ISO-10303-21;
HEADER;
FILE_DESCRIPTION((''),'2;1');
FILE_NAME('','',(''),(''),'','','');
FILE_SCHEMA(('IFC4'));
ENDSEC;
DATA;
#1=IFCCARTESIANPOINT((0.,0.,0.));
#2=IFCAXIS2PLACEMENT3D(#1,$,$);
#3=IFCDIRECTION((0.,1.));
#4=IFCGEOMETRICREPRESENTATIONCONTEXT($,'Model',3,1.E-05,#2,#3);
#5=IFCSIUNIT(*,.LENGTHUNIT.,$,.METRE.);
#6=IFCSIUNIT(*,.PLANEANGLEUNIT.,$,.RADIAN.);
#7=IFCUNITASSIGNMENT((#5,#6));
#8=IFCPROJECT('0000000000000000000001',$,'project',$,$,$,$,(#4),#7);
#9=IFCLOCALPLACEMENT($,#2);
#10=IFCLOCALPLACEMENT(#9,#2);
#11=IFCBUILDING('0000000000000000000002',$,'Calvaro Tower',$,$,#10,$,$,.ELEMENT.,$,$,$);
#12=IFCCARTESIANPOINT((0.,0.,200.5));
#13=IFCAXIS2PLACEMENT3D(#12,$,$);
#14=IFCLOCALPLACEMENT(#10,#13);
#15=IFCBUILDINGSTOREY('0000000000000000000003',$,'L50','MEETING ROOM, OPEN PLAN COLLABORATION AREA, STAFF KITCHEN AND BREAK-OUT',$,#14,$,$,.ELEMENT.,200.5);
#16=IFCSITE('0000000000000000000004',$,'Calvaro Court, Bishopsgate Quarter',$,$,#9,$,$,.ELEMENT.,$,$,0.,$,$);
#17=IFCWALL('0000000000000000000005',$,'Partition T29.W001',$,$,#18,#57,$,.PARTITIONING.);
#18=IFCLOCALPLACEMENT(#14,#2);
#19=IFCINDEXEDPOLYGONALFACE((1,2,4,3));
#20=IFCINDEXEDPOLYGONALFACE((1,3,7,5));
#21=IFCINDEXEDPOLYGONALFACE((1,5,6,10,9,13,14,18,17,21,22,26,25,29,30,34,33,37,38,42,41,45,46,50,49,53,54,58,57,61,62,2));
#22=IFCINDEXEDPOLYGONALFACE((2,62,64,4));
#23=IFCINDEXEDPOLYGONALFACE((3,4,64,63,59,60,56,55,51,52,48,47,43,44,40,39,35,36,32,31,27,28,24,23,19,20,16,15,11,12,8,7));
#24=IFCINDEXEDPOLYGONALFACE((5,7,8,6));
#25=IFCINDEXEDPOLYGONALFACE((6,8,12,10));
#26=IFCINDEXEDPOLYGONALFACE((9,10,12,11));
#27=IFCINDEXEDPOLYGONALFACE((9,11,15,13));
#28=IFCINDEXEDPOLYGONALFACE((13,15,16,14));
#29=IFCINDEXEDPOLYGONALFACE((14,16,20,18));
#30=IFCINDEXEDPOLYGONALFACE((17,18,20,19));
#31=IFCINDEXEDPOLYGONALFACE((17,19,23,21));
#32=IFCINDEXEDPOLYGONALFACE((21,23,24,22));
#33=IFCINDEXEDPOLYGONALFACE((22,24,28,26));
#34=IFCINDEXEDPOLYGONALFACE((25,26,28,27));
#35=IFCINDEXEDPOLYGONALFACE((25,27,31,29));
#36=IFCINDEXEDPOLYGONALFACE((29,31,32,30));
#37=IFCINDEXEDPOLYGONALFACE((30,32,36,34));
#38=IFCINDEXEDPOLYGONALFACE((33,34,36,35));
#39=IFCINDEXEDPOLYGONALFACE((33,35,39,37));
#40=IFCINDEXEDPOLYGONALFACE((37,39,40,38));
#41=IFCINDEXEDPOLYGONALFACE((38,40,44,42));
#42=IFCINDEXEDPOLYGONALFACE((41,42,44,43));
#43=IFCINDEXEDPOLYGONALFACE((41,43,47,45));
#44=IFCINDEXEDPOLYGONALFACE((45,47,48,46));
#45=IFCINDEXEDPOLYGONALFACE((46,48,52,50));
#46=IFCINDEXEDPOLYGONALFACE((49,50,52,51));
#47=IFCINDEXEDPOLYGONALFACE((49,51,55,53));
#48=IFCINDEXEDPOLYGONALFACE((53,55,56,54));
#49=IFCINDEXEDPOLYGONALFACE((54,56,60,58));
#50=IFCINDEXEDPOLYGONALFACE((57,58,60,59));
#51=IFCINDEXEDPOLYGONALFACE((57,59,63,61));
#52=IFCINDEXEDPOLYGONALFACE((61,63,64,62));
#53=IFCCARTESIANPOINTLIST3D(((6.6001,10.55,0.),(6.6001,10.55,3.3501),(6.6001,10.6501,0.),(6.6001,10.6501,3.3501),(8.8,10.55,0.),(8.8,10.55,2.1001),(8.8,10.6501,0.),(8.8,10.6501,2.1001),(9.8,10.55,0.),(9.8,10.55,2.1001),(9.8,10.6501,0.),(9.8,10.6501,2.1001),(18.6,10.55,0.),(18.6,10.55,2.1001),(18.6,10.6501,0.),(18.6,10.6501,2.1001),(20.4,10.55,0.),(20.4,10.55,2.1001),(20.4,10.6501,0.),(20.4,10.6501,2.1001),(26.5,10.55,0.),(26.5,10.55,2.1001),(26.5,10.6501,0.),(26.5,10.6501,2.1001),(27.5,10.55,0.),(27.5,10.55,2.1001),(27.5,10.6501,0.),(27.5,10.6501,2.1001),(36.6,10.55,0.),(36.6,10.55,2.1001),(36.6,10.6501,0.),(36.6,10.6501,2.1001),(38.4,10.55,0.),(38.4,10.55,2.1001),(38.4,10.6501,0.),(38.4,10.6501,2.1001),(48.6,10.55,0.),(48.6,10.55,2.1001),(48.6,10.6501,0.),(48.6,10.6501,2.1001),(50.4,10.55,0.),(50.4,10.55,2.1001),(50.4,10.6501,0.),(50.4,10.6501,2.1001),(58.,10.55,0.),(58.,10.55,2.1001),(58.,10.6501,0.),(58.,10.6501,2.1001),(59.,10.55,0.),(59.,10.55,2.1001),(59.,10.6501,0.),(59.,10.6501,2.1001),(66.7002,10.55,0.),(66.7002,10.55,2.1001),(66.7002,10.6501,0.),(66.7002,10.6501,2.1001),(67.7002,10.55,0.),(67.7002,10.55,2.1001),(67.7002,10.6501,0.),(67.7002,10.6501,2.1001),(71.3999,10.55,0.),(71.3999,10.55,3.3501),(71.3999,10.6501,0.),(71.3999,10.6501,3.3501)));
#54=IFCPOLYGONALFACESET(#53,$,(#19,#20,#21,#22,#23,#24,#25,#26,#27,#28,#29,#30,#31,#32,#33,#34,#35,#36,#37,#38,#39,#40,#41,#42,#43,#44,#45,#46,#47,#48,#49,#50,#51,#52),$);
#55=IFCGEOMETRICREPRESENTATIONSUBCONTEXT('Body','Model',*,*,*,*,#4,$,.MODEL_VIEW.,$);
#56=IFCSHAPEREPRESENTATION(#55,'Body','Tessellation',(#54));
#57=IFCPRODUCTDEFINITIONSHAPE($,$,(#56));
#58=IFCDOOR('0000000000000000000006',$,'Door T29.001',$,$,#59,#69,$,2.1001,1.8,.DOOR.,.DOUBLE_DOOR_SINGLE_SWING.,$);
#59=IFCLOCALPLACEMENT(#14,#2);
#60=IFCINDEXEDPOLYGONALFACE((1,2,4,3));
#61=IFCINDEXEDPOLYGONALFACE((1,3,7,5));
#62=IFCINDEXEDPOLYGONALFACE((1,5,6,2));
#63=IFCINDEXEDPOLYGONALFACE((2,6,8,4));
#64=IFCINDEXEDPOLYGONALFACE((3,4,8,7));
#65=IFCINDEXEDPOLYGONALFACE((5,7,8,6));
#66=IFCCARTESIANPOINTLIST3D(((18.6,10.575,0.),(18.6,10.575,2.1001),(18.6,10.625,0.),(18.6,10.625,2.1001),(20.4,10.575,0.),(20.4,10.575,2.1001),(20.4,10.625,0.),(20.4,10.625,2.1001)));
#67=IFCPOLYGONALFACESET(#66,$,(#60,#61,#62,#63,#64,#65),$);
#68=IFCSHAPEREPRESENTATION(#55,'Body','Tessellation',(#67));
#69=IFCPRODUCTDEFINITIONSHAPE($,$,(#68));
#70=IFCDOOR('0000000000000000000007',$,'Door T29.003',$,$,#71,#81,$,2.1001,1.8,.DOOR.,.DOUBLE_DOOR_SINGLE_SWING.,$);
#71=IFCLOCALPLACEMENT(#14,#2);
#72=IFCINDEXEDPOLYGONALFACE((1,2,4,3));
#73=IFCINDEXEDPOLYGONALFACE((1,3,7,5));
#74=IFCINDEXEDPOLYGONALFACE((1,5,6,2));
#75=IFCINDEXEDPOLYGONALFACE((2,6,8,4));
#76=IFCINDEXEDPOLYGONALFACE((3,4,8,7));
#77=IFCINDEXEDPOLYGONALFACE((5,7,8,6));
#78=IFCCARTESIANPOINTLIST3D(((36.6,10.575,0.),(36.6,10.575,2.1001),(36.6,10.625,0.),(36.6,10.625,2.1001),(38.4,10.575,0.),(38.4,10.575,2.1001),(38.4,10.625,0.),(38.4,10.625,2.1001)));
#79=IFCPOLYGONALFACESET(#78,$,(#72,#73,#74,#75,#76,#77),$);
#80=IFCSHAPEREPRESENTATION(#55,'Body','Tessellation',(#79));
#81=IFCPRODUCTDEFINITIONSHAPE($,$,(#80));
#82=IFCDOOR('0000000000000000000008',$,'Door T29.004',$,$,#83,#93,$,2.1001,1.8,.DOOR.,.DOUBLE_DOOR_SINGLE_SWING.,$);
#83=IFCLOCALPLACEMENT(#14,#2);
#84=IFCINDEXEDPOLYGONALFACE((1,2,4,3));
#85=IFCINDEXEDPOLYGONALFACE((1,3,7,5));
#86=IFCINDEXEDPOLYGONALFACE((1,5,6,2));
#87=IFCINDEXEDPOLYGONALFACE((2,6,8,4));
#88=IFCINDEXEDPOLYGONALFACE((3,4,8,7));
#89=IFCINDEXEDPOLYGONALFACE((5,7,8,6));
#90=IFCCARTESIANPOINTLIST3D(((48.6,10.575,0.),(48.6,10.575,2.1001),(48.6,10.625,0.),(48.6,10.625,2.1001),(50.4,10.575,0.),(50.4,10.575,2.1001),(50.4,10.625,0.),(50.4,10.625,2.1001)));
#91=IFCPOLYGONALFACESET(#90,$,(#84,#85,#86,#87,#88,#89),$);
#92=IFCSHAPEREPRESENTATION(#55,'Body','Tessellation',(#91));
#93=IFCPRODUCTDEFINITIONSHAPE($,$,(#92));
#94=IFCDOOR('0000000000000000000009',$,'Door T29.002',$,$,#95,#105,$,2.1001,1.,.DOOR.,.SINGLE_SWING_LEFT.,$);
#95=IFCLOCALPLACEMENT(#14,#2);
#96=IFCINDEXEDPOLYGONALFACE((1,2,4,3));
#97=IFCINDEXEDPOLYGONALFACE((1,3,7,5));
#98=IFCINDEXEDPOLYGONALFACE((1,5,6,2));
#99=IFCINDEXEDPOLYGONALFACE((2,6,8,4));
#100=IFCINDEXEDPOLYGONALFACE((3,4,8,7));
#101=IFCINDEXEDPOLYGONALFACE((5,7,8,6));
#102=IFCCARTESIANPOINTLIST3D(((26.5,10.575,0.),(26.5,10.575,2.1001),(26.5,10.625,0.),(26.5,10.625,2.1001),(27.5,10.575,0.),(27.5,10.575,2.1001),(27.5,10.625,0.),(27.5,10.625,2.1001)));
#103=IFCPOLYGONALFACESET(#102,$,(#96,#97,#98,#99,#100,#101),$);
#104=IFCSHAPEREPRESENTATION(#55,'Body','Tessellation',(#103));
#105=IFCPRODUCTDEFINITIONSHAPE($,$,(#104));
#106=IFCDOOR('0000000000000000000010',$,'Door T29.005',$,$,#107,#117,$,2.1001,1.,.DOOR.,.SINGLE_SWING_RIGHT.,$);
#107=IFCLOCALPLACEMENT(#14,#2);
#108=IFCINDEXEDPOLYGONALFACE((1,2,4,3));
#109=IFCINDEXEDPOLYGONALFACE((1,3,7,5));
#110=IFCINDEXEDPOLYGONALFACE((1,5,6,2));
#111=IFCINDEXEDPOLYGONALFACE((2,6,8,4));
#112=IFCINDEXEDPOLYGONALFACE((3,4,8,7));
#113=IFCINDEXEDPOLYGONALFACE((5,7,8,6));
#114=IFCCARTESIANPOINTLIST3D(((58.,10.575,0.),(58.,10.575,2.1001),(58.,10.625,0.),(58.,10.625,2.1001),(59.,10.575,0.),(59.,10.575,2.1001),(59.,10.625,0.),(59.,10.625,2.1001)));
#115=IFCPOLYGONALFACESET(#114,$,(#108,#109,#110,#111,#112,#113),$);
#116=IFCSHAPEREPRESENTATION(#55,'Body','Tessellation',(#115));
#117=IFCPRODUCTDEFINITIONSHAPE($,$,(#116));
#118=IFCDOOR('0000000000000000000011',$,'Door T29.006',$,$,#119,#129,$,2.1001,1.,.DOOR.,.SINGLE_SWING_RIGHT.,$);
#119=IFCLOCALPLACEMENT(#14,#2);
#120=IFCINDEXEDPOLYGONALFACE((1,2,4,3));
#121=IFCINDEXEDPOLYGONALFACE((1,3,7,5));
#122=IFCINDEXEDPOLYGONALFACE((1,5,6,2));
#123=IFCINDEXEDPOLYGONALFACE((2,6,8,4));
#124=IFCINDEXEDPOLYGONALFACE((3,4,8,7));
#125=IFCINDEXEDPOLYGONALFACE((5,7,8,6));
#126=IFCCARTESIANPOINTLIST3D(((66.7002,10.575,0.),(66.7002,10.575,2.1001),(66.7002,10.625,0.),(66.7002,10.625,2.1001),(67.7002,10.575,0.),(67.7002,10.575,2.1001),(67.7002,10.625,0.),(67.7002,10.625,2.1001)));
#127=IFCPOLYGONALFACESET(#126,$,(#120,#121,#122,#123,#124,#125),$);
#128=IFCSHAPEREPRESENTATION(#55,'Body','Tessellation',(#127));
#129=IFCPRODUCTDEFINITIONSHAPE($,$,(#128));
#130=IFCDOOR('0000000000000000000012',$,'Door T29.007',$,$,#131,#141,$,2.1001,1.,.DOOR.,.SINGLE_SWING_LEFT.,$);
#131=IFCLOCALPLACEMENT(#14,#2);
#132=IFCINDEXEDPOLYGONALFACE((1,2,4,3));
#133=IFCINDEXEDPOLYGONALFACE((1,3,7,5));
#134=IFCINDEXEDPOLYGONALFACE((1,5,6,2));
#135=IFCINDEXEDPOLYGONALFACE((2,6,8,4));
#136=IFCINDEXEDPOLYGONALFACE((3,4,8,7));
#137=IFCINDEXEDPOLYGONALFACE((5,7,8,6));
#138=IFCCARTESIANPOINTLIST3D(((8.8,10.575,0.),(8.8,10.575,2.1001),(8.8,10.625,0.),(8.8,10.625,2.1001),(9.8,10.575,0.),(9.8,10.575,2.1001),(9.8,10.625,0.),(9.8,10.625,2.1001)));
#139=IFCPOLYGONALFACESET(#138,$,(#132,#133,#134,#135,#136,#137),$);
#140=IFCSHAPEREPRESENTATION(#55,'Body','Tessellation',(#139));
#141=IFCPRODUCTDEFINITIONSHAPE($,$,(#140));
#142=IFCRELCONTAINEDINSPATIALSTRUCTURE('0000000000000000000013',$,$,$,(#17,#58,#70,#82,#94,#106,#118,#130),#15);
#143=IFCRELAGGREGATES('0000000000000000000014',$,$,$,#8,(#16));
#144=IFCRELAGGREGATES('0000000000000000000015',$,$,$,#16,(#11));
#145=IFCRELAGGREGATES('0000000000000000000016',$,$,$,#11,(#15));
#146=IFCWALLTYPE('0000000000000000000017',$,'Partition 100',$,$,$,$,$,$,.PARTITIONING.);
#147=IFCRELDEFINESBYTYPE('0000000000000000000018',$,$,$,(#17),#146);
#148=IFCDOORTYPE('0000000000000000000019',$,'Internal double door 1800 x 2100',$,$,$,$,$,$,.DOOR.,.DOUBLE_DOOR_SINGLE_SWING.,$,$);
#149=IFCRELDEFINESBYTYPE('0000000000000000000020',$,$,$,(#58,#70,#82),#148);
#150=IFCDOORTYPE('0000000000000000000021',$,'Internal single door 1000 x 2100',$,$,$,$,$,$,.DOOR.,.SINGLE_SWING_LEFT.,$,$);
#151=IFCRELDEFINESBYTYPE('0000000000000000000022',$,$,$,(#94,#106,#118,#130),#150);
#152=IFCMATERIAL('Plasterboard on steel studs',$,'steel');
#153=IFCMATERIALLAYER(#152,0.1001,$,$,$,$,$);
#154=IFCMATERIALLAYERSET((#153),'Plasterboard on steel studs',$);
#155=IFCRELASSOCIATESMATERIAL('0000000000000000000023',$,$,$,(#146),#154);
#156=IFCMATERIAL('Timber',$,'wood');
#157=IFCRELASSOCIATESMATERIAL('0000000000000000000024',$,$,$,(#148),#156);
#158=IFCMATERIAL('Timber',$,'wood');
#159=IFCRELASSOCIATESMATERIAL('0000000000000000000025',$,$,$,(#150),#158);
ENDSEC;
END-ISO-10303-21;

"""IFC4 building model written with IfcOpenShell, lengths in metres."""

from ifc_helpers import new_model, si_unit, direction, frame, frame_2d, origin, place, context, subcontext, project, spatial, rectangle, extrude, material, layer, layer_set, type_object, element, fill, save


model = new_model("IFC4")

# Units and contexts
model_context = context("Model", 3, precision=1e-05, world=origin(), true_north=direction((0.0, 1.0)))
body_context = subcontext(model_context, "Body", "Model", "MODEL_VIEW")
ifc_project = project(units=[si_unit("LENGTHUNIT", "METRE"), si_unit("PLANEANGLEUNIT", "RADIAN")], contexts=[model_context])

# Site, building, storey
site_placement = place(None, origin())
site = spatial("IfcSite", under=ifc_project, at=site_placement, Name="Calvaro Court, Bishopsgate Quarter", CompositionType="ELEMENT", RefElevation=0.0)
building_placement = place(site_placement, origin())
building = spatial("IfcBuilding", under=site, at=building_placement, Name="Calvaro Tower", CompositionType="ELEMENT")
storey_placement = place(building_placement, frame((0.0, 0.0, 200.5)))
storey = spatial("IfcBuildingStorey", under=building, at=storey_placement, Name="L50", Description="MEETING ROOM, OPEN PLAN COLLABORATION AREA, STAFF KITCHEN AND BREAK-OUT", CompositionType="ELEMENT", Elevation=200.5)

# Wall, openings, doors
ifc_material_1 = material(Name="Plasterboard on steel studs", Category="steel")
ifc_layer = layer(ifc_material_1, 0.1001)
ifc_layer_set = layer_set([ifc_layer], Name="Plasterboard on steel studs")
wall_type = type_object("IfcWallType", Name="Partition 100", PredefinedType="PARTITIONING", material=ifc_layer_set)
wall_1_placement = place(storey_placement, frame((6.6001, 10.6001, 0.0), z_axis=(0.0, 0.0, 1.0), x_axis=(1.0, 0.0, 0.0)))
wall_1 = element("IfcWall", 1, at=wall_1_placement, inside=storey, type_object=wall_type, Name="Partition T29.W001", PredefinedType="PARTITIONING", context=body_context, shape_type="SweptSolid", body=[
    extrude(rectangle(XDim=64.7998, YDim=0.1001, at=frame_2d((32.3999, 0.0))), origin(), (0.0, 0.0, 1.0), 3.3501),
])
opening_1_placement = place(wall_1_placement, frame((12.0, 0.0, 0.0)))
opening_1 = element("IfcOpeningElement", 2, at=opening_1_placement, cuts=wall_1, PredefinedType="OPENING", context=body_context, shape_type="SweptSolid", body=[
    extrude(rectangle(XDim=1.8, YDim=2.1001, at=frame_2d((0.8999, 1.05))), frame((0.0, 0.0601, 0.0), z_axis=(0.0, -1.0, 0.0), x_axis=(1.0, 0.0, 0.0)), (0.0, 0.0, 1.0), 0.1201),
])
opening_2_placement = place(wall_1_placement, frame((19.8999, 0.0, 0.0)))
opening_2 = element("IfcOpeningElement", 3, at=opening_2_placement, cuts=wall_1, PredefinedType="OPENING", context=body_context, shape_type="SweptSolid", body=[
    extrude(rectangle(XDim=1.0, YDim=2.1001, at=frame_2d((0.5, 1.05))), frame((0.0, 0.0601, 0.0), z_axis=(0.0, -1.0, 0.0), x_axis=(1.0, 0.0, 0.0)), (0.0, 0.0, 1.0), 0.1201),
])
opening_3_placement = place(wall_1_placement, frame((30.0, 0.0, 0.0)))
opening_3 = element("IfcOpeningElement", 4, at=opening_3_placement, cuts=wall_1, PredefinedType="OPENING", context=body_context, shape_type="SweptSolid", body=[
    extrude(rectangle(XDim=1.8, YDim=2.1001, at=frame_2d((0.8999, 1.05))), frame((0.0, 0.0601, 0.0), z_axis=(0.0, -1.0, 0.0), x_axis=(1.0, 0.0, 0.0)), (0.0, 0.0, 1.0), 0.1201),
])
opening_4_placement = place(wall_1_placement, frame((42.0, 0.0, 0.0)))
opening_4 = element("IfcOpeningElement", 5, at=opening_4_placement, cuts=wall_1, PredefinedType="OPENING", context=body_context, shape_type="SweptSolid", body=[
    extrude(rectangle(XDim=1.8, YDim=2.1001, at=frame_2d((0.8999, 1.05))), frame((0.0, 0.0601, 0.0), z_axis=(0.0, -1.0, 0.0), x_axis=(1.0, 0.0, 0.0)), (0.0, 0.0, 1.0), 0.1201),
])
opening_5_placement = place(wall_1_placement, frame((51.3999, 0.0, 0.0)))
opening_5 = element("IfcOpeningElement", 6, at=opening_5_placement, cuts=wall_1, PredefinedType="OPENING", context=body_context, shape_type="SweptSolid", body=[
    extrude(rectangle(XDim=1.0, YDim=2.1001, at=frame_2d((0.5, 1.05))), frame((0.0, 0.0601, 0.0), z_axis=(0.0, -1.0, 0.0), x_axis=(1.0, 0.0, 0.0)), (0.0, 0.0, 1.0), 0.1201),
])
opening_6_placement = place(wall_1_placement, frame((60.1001, 0.0, 0.0)))
opening_6 = element("IfcOpeningElement", 7, at=opening_6_placement, cuts=wall_1, PredefinedType="OPENING", context=body_context, shape_type="SweptSolid", body=[
    extrude(rectangle(XDim=1.0, YDim=2.1001, at=frame_2d((0.5, 1.05))), frame((0.0, 0.0601, 0.0), z_axis=(0.0, -1.0, 0.0), x_axis=(1.0, 0.0, 0.0)), (0.0, 0.0, 1.0), 0.1201),
])
opening_7_placement = place(wall_1_placement, frame((2.2, 0.0, 0.0)))
opening_7 = element("IfcOpeningElement", 8, at=opening_7_placement, cuts=wall_1, PredefinedType="OPENING", context=body_context, shape_type="SweptSolid", body=[
    extrude(rectangle(XDim=1.0, YDim=2.1001, at=frame_2d((0.5, 1.05))), frame((0.0, 0.0601, 0.0), z_axis=(0.0, -1.0, 0.0), x_axis=(1.0, 0.0, 0.0)), (0.0, 0.0, 1.0), 0.1201),
])
ifc_material_2 = material(Name="Timber", Category="wood")
door_type_1 = type_object("IfcDoorType", Name="Internal double door 1800 x 2100", OperationType="DOUBLE_DOOR_SINGLE_SWING", PredefinedType="DOOR", material=ifc_material_2)
door_1_placement = place(opening_1_placement, origin())
door_1 = element("IfcDoor", 9, at=door_1_placement, inside=storey, type_object=door_type_1, Name="Door T29.001", OperationType="DOUBLE_DOOR_SINGLE_SWING", OverallHeight=2.1001, OverallWidth=1.8, PredefinedType="DOOR", context=body_context, shape_type="SweptSolid", body=[
    extrude(rectangle(XDim=1.8, YDim=2.1001, at=frame_2d((0.8999, 1.05))), frame((0.0, 0.0249, 0.0), z_axis=(0.0, -1.0, 0.0), x_axis=(1.0, 0.0, 0.0)), (0.0, 0.0, 1.0), 0.05),
])
fill(opening_1, door_1)
door_2_placement = place(opening_3_placement, origin())
door_2 = element("IfcDoor", 10, at=door_2_placement, inside=storey, type_object=door_type_1, Name="Door T29.003", OperationType="DOUBLE_DOOR_SINGLE_SWING", OverallHeight=2.1001, OverallWidth=1.8, PredefinedType="DOOR", context=body_context, shape_type="SweptSolid", body=[
    extrude(rectangle(XDim=1.8, YDim=2.1001, at=frame_2d((0.8999, 1.05))), frame((0.0, 0.0249, 0.0), z_axis=(0.0, -1.0, 0.0), x_axis=(1.0, 0.0, 0.0)), (0.0, 0.0, 1.0), 0.05),
])
fill(opening_3, door_2)
door_3_placement = place(opening_4_placement, origin())
door_3 = element("IfcDoor", 11, at=door_3_placement, inside=storey, type_object=door_type_1, Name="Door T29.004", OperationType="DOUBLE_DOOR_SINGLE_SWING", OverallHeight=2.1001, OverallWidth=1.8, PredefinedType="DOOR", context=body_context, shape_type="SweptSolid", body=[
    extrude(rectangle(XDim=1.8, YDim=2.1001, at=frame_2d((0.8999, 1.05))), frame((0.0, 0.0249, 0.0), z_axis=(0.0, -1.0, 0.0), x_axis=(1.0, 0.0, 0.0)), (0.0, 0.0, 1.0), 0.05),
])
fill(opening_4, door_3)
ifc_material_3 = material(Name="Timber", Category="wood")
door_type_2 = type_object("IfcDoorType", Name="Internal single door 1000 x 2100", OperationType="SINGLE_SWING_LEFT", PredefinedType="DOOR", material=ifc_material_3)
door_4_placement = place(opening_2_placement, origin())
door_4 = element("IfcDoor", 12, at=door_4_placement, inside=storey, type_object=door_type_2, Name="Door T29.002", OperationType="SINGLE_SWING_LEFT", OverallHeight=2.1001, OverallWidth=1.0, PredefinedType="DOOR", context=body_context, shape_type="SweptSolid", body=[
    extrude(rectangle(XDim=1.0, YDim=2.1001, at=frame_2d((0.5, 1.05))), frame((0.0, 0.0249, 0.0), z_axis=(0.0, -1.0, 0.0), x_axis=(1.0, 0.0, 0.0)), (0.0, 0.0, 1.0), 0.05),
])
fill(opening_2, door_4)
door_5_placement = place(opening_5_placement, origin())
door_5 = element("IfcDoor", 13, at=door_5_placement, inside=storey, type_object=door_type_2, Name="Door T29.005", OperationType="SINGLE_SWING_RIGHT", OverallHeight=2.1001, OverallWidth=1.0, PredefinedType="DOOR", context=body_context, shape_type="SweptSolid", body=[
    extrude(rectangle(XDim=1.0, YDim=2.1001, at=frame_2d((0.5, 1.05))), frame((0.0, 0.0249, 0.0), z_axis=(0.0, -1.0, 0.0), x_axis=(1.0, 0.0, 0.0)), (0.0, 0.0, 1.0), 0.05),
])
fill(opening_5, door_5)
door_6_placement = place(opening_6_placement, origin())
door_6 = element("IfcDoor", 14, at=door_6_placement, inside=storey, type_object=door_type_2, Name="Door T29.006", OperationType="SINGLE_SWING_RIGHT", OverallHeight=2.1001, OverallWidth=1.0, PredefinedType="DOOR", context=body_context, shape_type="SweptSolid", body=[
    extrude(rectangle(XDim=1.0, YDim=2.1001, at=frame_2d((0.5, 1.05))), frame((0.0, 0.0249, 0.0), z_axis=(0.0, -1.0, 0.0), x_axis=(1.0, 0.0, 0.0)), (0.0, 0.0, 1.0), 0.05),
])
fill(opening_6, door_6)
door_7_placement = place(opening_7_placement, origin())
door_7 = element("IfcDoor", 15, at=door_7_placement, inside=storey, type_object=door_type_2, Name="Door T29.007", OperationType="SINGLE_SWING_LEFT", OverallHeight=2.1001, OverallWidth=1.0, PredefinedType="DOOR", context=body_context, shape_type="SweptSolid", body=[
    extrude(rectangle(XDim=1.0, YDim=2.1001, at=frame_2d((0.5, 1.05))), frame((0.0, 0.0249, 0.0), z_axis=(0.0, -1.0, 0.0), x_axis=(1.0, 0.0, 0.0)), (0.0, 0.0, 1.0), 0.05),
])
fill(opening_7, door_7)

save(model, "model.ifc")
